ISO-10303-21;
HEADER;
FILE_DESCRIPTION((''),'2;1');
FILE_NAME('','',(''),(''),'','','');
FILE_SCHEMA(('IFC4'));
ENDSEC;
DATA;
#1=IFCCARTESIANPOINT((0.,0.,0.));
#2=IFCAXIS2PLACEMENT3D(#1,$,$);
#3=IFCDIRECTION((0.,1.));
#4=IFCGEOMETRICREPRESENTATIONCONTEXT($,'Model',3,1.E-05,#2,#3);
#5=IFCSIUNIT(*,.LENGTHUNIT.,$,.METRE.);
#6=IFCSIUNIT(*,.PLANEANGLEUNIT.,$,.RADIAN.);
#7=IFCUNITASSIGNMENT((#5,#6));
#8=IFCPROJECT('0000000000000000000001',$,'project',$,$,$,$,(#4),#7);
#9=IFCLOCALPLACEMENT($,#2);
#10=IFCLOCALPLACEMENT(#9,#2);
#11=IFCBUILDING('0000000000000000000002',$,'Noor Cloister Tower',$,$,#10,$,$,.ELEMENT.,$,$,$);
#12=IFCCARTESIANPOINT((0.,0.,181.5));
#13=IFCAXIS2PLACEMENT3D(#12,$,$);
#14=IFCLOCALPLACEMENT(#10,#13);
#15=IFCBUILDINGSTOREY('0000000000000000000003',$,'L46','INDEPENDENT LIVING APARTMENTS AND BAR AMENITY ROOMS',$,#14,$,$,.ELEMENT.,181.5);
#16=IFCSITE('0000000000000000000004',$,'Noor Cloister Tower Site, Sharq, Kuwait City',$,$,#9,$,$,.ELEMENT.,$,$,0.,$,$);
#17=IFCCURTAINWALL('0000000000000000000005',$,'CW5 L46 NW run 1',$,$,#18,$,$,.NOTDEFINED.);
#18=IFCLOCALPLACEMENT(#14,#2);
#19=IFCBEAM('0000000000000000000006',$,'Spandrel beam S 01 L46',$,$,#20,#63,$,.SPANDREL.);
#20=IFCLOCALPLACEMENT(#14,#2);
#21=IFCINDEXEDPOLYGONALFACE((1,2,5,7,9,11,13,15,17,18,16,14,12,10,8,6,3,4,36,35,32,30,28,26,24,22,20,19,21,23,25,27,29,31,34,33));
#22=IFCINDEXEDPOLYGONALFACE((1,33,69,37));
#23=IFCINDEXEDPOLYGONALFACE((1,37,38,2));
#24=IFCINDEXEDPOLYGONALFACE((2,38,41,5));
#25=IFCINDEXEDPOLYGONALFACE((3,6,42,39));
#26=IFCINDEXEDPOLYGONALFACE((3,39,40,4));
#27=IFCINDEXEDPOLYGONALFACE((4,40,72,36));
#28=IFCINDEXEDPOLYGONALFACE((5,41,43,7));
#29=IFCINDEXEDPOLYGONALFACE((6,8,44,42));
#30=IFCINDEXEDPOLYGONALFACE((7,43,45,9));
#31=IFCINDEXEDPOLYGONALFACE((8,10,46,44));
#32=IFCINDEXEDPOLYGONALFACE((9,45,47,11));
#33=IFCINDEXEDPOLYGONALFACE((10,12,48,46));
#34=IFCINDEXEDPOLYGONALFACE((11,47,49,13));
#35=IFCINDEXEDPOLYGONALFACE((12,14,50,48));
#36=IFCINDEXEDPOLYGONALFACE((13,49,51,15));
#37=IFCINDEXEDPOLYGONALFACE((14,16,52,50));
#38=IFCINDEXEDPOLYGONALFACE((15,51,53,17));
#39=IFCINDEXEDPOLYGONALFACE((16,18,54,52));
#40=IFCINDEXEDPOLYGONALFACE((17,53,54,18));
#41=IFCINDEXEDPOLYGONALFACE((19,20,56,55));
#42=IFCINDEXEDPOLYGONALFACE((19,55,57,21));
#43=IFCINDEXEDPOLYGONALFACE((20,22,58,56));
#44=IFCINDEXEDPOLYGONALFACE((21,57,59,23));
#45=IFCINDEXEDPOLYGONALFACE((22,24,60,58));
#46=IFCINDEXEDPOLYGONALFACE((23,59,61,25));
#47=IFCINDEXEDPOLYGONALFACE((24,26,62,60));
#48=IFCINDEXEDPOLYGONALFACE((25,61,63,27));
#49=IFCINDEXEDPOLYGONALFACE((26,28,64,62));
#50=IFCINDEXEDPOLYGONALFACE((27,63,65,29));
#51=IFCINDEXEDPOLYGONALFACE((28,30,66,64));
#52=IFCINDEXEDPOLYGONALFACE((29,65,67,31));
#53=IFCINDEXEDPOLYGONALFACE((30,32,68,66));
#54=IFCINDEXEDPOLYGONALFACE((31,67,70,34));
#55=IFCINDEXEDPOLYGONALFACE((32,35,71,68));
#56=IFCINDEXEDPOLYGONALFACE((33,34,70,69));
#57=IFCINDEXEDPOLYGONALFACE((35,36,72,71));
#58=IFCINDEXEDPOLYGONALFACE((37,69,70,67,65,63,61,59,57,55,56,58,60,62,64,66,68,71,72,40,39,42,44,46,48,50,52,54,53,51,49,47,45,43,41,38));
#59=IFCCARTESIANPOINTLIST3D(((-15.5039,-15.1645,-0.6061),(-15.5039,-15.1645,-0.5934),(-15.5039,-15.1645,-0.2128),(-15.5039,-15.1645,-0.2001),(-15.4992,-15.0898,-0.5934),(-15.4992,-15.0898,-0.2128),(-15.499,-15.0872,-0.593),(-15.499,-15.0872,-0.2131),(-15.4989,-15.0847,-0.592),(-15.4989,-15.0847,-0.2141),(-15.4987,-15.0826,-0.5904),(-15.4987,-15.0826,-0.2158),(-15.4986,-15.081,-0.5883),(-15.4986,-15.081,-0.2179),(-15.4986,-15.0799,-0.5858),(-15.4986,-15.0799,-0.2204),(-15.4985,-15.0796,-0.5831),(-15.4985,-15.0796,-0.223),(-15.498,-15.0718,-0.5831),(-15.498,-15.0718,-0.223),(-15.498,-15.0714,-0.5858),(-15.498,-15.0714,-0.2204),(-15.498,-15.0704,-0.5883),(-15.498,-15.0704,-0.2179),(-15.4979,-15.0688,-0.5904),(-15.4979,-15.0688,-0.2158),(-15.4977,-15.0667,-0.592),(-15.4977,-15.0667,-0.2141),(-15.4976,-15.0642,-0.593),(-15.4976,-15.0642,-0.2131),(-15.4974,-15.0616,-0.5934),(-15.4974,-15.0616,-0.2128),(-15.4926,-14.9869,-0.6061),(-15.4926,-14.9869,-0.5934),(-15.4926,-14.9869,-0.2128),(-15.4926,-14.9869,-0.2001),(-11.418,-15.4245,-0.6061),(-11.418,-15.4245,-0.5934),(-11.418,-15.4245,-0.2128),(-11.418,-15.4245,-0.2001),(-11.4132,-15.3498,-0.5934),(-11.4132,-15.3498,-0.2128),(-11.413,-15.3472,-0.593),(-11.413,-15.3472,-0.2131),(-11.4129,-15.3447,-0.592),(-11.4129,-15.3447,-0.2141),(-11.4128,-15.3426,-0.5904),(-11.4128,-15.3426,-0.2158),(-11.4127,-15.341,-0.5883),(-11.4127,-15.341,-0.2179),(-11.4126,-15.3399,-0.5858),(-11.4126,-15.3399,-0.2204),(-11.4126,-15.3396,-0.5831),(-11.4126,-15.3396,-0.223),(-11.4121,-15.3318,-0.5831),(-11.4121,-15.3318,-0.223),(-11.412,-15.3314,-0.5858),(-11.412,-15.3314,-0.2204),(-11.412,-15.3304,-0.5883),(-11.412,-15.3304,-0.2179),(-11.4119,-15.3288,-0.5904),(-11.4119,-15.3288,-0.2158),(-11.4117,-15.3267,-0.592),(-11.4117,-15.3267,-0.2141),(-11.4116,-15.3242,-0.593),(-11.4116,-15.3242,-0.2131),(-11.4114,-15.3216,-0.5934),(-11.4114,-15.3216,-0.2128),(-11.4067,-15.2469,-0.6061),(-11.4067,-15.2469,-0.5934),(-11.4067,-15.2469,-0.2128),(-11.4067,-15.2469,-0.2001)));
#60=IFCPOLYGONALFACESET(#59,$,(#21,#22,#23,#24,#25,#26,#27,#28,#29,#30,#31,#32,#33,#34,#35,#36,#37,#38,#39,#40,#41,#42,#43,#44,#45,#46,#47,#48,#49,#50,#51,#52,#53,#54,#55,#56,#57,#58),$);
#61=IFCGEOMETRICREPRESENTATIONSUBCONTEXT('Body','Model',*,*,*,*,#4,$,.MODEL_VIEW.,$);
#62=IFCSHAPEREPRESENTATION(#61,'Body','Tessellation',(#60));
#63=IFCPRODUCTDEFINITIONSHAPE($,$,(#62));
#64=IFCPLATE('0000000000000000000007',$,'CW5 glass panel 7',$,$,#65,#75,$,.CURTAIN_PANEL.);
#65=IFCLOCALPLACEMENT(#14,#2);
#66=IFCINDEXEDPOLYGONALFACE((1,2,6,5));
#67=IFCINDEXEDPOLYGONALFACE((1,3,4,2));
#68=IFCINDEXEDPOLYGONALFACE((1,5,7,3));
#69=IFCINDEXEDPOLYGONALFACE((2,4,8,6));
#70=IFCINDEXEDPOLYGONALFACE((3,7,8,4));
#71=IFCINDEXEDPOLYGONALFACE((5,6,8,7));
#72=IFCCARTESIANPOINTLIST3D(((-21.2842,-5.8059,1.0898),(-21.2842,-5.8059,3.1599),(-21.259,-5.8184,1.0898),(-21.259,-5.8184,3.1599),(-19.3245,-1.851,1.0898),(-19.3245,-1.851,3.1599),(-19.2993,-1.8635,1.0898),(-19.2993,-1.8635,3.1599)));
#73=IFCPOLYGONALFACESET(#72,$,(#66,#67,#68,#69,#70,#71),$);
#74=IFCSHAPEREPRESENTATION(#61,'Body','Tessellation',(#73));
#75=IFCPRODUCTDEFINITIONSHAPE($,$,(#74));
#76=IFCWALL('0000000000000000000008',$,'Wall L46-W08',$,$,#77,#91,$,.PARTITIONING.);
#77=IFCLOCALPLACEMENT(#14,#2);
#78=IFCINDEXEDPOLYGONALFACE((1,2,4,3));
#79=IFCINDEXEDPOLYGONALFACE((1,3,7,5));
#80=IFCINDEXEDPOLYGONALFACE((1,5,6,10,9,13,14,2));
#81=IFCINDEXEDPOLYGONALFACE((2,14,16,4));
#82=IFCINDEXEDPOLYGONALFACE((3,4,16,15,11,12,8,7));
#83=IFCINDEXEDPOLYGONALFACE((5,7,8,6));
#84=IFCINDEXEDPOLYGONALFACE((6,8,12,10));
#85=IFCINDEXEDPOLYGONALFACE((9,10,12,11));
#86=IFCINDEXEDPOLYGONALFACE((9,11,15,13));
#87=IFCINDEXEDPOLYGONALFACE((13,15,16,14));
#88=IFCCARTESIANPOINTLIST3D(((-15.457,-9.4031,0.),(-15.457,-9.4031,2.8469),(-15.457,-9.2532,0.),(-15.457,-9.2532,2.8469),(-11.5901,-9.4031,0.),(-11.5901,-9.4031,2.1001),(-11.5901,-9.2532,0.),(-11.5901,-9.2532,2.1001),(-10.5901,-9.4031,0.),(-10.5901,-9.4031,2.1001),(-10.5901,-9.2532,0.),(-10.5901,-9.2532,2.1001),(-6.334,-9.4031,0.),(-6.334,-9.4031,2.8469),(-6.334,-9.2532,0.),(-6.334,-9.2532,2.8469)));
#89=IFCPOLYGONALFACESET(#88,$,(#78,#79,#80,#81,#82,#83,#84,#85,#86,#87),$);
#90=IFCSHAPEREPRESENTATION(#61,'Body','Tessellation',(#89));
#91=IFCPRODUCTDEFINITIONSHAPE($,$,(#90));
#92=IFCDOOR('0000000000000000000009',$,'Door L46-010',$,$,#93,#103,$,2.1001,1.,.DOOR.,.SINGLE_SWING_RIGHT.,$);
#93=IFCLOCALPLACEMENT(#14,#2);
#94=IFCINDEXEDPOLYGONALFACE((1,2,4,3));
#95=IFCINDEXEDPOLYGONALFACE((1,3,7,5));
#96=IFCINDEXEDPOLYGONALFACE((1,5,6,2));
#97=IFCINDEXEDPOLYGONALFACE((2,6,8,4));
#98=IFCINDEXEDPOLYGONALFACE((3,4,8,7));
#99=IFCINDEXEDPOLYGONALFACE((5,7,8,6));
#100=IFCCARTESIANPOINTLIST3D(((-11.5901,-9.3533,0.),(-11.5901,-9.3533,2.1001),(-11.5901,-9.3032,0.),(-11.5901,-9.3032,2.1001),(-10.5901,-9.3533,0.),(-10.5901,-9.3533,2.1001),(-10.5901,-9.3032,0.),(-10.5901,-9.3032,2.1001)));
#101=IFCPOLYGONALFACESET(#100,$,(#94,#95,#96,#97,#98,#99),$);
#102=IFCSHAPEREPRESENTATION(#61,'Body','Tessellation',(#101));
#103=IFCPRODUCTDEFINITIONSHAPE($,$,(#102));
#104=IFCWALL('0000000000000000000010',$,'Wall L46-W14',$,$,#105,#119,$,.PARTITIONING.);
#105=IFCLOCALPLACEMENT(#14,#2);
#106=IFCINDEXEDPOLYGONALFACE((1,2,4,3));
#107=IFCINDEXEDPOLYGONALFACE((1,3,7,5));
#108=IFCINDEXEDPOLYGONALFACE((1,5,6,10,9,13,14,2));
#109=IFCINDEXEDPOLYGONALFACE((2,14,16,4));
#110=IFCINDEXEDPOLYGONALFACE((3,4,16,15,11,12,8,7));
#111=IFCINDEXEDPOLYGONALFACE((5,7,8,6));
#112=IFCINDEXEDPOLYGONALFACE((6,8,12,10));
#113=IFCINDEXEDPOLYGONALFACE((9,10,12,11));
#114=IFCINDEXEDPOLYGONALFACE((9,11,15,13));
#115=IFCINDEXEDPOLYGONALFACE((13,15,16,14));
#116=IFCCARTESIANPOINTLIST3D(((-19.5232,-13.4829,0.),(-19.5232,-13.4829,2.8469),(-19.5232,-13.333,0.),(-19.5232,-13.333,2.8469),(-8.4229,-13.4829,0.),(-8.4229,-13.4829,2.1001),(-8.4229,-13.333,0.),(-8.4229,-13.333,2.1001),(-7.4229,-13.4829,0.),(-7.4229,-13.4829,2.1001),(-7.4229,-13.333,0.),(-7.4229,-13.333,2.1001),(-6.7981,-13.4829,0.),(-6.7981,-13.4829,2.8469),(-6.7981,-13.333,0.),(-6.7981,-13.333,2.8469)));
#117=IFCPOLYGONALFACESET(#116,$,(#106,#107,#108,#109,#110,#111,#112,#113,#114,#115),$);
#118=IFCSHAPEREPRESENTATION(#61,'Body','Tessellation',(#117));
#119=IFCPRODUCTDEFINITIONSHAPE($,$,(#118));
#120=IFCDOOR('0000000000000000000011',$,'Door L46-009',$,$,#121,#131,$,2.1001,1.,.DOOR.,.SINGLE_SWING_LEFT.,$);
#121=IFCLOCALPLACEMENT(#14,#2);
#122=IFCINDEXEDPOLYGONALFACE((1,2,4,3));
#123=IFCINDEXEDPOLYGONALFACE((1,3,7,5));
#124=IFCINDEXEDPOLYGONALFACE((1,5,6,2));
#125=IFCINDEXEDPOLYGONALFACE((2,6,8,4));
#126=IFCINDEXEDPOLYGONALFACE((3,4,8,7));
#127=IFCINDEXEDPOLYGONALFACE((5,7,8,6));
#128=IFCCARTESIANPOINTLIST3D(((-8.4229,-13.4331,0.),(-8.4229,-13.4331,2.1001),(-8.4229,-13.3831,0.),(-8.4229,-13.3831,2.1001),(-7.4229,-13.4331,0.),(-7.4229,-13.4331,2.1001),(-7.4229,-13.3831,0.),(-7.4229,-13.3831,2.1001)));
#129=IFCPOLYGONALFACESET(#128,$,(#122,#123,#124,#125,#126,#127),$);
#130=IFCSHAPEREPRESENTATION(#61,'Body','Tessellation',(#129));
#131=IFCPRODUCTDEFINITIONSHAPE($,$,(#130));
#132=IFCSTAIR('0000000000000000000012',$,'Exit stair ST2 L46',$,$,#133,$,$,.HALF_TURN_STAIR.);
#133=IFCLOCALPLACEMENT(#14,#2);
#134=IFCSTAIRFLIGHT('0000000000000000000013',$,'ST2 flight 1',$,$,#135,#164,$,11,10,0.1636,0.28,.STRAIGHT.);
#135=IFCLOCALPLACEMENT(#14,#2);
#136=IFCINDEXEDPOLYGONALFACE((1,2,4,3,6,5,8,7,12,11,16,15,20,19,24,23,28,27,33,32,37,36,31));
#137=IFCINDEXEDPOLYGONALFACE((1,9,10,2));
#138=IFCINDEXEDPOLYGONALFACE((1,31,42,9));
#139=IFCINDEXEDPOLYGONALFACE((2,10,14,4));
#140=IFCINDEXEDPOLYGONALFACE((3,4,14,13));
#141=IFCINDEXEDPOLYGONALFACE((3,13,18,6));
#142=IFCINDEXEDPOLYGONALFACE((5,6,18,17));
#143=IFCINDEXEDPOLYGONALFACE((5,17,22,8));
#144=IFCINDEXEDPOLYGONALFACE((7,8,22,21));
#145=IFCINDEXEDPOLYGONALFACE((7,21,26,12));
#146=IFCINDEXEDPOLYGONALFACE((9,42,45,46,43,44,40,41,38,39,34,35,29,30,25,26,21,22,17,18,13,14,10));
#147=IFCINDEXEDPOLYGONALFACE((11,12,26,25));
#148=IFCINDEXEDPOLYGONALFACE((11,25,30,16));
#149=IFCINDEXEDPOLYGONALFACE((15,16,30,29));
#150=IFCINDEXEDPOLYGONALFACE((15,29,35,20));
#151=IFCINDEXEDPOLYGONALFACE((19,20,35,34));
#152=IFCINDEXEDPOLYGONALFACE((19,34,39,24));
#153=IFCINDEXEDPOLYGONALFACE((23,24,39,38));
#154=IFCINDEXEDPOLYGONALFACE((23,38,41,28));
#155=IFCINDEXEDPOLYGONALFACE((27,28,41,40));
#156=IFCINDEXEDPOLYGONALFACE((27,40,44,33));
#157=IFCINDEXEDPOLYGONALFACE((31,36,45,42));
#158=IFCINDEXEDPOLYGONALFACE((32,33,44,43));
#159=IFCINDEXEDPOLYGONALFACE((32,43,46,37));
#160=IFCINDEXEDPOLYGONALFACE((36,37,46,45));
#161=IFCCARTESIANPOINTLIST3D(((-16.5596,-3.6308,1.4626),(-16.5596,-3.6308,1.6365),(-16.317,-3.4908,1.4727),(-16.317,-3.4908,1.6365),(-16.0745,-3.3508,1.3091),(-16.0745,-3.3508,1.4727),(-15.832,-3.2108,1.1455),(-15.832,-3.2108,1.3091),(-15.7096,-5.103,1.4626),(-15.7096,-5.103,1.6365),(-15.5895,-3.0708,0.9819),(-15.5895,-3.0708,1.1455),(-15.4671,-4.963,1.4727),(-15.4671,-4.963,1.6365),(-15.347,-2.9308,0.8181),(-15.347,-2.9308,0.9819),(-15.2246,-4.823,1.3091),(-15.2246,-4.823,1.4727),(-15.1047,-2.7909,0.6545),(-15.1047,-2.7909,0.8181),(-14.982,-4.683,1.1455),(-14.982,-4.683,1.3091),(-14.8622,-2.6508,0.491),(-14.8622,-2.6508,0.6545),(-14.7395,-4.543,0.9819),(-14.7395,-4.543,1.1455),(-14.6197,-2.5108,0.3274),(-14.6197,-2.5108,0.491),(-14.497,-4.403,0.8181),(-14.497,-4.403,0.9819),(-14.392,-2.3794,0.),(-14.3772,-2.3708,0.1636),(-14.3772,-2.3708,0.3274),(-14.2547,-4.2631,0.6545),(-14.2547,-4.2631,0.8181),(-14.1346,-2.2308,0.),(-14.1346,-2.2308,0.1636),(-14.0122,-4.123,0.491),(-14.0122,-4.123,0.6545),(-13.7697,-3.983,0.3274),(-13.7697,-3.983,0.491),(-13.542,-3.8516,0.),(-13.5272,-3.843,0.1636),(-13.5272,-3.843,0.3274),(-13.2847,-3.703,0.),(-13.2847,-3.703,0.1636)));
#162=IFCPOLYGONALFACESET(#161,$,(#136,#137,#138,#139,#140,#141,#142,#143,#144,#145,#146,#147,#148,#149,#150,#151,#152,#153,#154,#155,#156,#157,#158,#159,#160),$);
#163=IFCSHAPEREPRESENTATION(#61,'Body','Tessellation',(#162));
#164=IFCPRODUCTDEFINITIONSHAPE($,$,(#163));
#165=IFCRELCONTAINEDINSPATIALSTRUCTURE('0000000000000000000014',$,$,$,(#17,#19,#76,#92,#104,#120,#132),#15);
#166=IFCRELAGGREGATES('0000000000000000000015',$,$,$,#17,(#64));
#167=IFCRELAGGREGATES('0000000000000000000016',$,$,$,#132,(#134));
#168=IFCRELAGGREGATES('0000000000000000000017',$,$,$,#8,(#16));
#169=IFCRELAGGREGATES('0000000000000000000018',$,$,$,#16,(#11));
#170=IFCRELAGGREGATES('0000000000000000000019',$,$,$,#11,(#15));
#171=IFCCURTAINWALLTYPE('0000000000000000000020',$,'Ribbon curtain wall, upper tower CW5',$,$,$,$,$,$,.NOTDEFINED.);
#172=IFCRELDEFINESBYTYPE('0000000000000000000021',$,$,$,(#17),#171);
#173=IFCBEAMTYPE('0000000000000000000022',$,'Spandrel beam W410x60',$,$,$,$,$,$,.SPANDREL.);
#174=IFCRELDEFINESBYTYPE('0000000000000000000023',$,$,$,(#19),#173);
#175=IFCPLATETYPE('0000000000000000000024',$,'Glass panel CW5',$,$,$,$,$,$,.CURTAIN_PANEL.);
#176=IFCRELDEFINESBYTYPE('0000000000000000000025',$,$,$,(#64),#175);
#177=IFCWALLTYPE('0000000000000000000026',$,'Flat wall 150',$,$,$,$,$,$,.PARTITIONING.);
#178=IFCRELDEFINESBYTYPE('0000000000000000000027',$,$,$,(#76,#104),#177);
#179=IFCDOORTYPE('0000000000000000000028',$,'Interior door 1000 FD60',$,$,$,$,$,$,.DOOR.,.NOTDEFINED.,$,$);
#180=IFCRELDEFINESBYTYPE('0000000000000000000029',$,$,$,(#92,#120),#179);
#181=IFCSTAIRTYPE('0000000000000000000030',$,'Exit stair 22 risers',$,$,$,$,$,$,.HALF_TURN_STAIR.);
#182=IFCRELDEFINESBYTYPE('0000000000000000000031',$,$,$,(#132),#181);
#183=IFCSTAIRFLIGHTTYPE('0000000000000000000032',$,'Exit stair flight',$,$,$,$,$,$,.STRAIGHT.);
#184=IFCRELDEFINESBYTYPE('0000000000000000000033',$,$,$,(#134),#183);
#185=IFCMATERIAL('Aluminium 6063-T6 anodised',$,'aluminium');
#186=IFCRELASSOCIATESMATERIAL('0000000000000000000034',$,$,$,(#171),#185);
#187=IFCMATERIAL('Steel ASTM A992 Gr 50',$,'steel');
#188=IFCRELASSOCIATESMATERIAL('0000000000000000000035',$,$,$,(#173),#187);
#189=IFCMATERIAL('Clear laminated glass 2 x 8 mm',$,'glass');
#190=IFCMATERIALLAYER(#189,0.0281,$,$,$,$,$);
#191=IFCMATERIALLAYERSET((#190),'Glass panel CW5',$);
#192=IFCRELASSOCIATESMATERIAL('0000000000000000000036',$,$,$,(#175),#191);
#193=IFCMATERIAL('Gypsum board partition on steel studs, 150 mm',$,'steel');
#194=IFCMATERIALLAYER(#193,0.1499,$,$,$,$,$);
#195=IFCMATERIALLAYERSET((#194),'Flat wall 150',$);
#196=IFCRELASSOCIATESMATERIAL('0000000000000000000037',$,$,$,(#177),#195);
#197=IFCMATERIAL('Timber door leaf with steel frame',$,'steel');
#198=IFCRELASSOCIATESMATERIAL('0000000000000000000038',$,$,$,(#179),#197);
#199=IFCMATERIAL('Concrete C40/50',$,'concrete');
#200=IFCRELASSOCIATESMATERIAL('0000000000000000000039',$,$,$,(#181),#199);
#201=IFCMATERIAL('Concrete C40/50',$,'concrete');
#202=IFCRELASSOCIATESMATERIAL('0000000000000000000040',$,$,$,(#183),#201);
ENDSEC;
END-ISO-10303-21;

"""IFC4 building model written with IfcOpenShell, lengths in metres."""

from ifc_helpers import new_model, si_unit, direction, frame, frame_2d, origin, origin_2d, place, context, subcontext, project, spatial, polyline, rectangle, i_section, outline, extrude, material, layer, layer_set, material_profile, profile_set, type_object, element, fill, aggregate, save


model = new_model("IFC4")

# Units and contexts
model_context = context("Model", 3, precision=1e-05, world=origin(), true_north=direction((0.0, 1.0)))
body_context = subcontext(model_context, "Body", "Model", "MODEL_VIEW")
ifc_project = project(units=[si_unit("LENGTHUNIT", "METRE"), si_unit("PLANEANGLEUNIT", "RADIAN")], contexts=[model_context])

# Site, building, storey
site_placement = place(None, origin())
site = spatial("IfcSite", under=ifc_project, at=site_placement, Name="Noor Cloister Tower Site, Sharq, Kuwait City", CompositionType="ELEMENT", RefElevation=0.0)
building_placement = place(site_placement, origin())
building = spatial("IfcBuilding", under=site, at=building_placement, Name="Noor Cloister Tower", CompositionType="ELEMENT")
storey_placement = place(building_placement, frame((0.0, 0.0, 181.5)))
storey = spatial("IfcBuildingStorey", under=building, at=storey_placement, Name="L46", Description="INDEPENDENT LIVING APARTMENTS AND BAR AMENITY ROOMS", CompositionType="ELEMENT", Elevation=181.5)

# Curtain wall
ifc_material_1 = material(Name="Aluminium 6063-T6 anodised", Category="aluminium")
curtain_wall_type = type_object("IfcCurtainWallType", Name="Ribbon curtain wall, upper tower CW5", PredefinedType="NOTDEFINED", material=ifc_material_1)
curtain_wall_1_placement = place(storey_placement, origin())
curtain_wall_1 = element("IfcCurtainWall", 1, at=curtain_wall_1_placement, inside=storey, type_object=curtain_wall_type, Name="CW5 L46 NW run 1", PredefinedType="NOTDEFINED")

# Beam
ifc_material_2 = material(Name="Steel ASTM A992 Gr 50", Category="steel")
ifc_material_profile_1 = material_profile(ifc_material_2, i_section(OverallWidth=0.178, OverallDepth=0.406, WebThickness=0.0078, FlangeThickness=0.0127, FilletRadius=0.0103, at=origin_2d()), Name="W410x60")
ifc_profile_set_1 = profile_set([ifc_material_profile_1], Name="Steel ASTM A992 Gr 50")
beam_type_1 = type_object("IfcBeamType", Name="Spandrel beam W410x60", PredefinedType="SPANDREL", material=ifc_profile_set_1)
for number, where, z_axis, x_axis, name in (
    (2, (-15.4983, -15.0757, -0.4031), (0.997981, -0.063507, 0.0), (0.063507, 0.997981, 0.0), "Spandrel beam S 01 L46"),
):
    element("IfcBeam", number, at=place(storey_placement, frame(where, z_axis=z_axis, x_axis=x_axis)), inside=storey, type_object=beam_type_1, Name=name, PredefinedType="SPANDREL", context=body_context, shape_type="SweptSolid", body=[
        extrude(i_section(OverallWidth=0.178, OverallDepth=0.406, WebThickness=0.0078, FlangeThickness=0.0127, FilletRadius=0.0103, at=origin_2d()), origin(), (0.0, 0.0, 1.0), 4.0942),
    ])

# Plate
ifc_material_3 = material(Name="Clear laminated glass 2 x 8 mm", Category="glass")
ifc_layer_1 = layer(ifc_material_3, 0.0281)
ifc_layer_set_1 = layer_set([ifc_layer_1], Name="Glass panel CW5")
plate_type = type_object("IfcPlateType", Name="Glass panel CW5", PredefinedType="CURTAIN_PANEL", material=ifc_layer_set_1)
plate_placement = place(storey_placement, frame((-20.2917, -3.8347, 1.0898), z_axis=(0.0, 0.0, 1.0), x_axis=(-0.443997, -0.896029, 0.0)))
plate = element("IfcPlate", 3, at=plate_placement, type_object=plate_type, Name="CW5 glass panel 7", PredefinedType="CURTAIN_PANEL", context=body_context, shape_type="SweptSolid", body=[
    extrude(rectangle(XDim=4.4138, YDim=0.0281, at=origin_2d()), origin(), (0.0, 0.0, 1.0), 2.0701),
])
aggregate(curtain_wall_1, [plate])

# Walls, openings, doors
ifc_material_4 = material(Name="Gypsum board partition on steel studs, 150 mm", Category="steel")
ifc_layer_2 = layer(ifc_material_4, 0.1499)
ifc_layer_set_2 = layer_set([ifc_layer_2], Name="Flat wall 150")
wall_type = type_object("IfcWallType", Name="Flat wall 150", PredefinedType="PARTITIONING", material=ifc_layer_set_2)
wall_1_placement = place(storey_placement, frame((-15.457, -9.3281, 0.0), z_axis=(0.0, 0.0, 1.0), x_axis=(1.0, 0.0, 0.0)))
wall_1 = element("IfcWall", 4, at=wall_1_placement, inside=storey, type_object=wall_type, Name="Wall L46-W08", PredefinedType="PARTITIONING", context=body_context, shape_type="SweptSolid", body=[
    extrude(rectangle(XDim=9.123, YDim=0.1499, at=frame_2d((4.5615, 0.0))), origin(), (0.0, 0.0, 1.0), 2.8469),
])
opening_1_placement = place(wall_1_placement, frame((3.8669, 0.0, 0.0)))
opening_1 = element("IfcOpeningElement", 5, at=opening_1_placement, cuts=wall_1, PredefinedType="OPENING", context=body_context, shape_type="SweptSolid", body=[
    extrude(rectangle(XDim=1.0, YDim=2.1001, at=frame_2d((0.5, 1.05))), frame((0.0, 0.085, 0.0), z_axis=(0.0, -1.0, 0.0), x_axis=(1.0, 0.0, 0.0)), (0.0, 0.0, 1.0), 0.1699),
])
ifc_material_5 = material(Name="Timber door leaf with steel frame", Category="steel")
door_type = type_object("IfcDoorType", Name="Interior door 1000 FD60", OperationType="NOTDEFINED", PredefinedType="DOOR", material=ifc_material_5)
door_1_placement = place(opening_1_placement, origin())
door_1 = element("IfcDoor", 6, at=door_1_placement, inside=storey, type_object=door_type, Name="Door L46-010", OperationType="SINGLE_SWING_RIGHT", OverallHeight=2.1001, OverallWidth=1.0, PredefinedType="DOOR", context=body_context, shape_type="SweptSolid", body=[
    extrude(rectangle(XDim=1.0, YDim=2.1001, at=frame_2d((0.5, 1.05))), frame((0.0, 0.0249, 0.0), z_axis=(0.0, -1.0, 0.0), x_axis=(1.0, 0.0, 0.0)), (0.0, 0.0, 1.0), 0.05),
])
fill(opening_1, door_1)
wall_2_placement = place(storey_placement, frame((-19.5232, -13.408, 0.0), z_axis=(0.0, 0.0, 1.0), x_axis=(1.0, 0.0, 0.0)))
wall_2 = element("IfcWall", 7, at=wall_2_placement, inside=storey, type_object=wall_type, Name="Wall L46-W14", PredefinedType="PARTITIONING", context=body_context, shape_type="SweptSolid", body=[
    extrude(rectangle(XDim=12.7251, YDim=0.1499, at=frame_2d((6.3625, 0.0))), origin(), (0.0, 0.0, 1.0), 2.8469),
])
opening_2_placement = place(wall_2_placement, frame((11.1003, 0.0, 0.0)))
opening_2 = element("IfcOpeningElement", 8, at=opening_2_placement, cuts=wall_2, PredefinedType="OPENING", context=body_context, shape_type="SweptSolid", body=[
    extrude(rectangle(XDim=1.0, YDim=2.1001, at=frame_2d((0.5, 1.05))), frame((0.0, 0.085, 0.0), z_axis=(0.0, -1.0, 0.0), x_axis=(1.0, 0.0, 0.0)), (0.0, 0.0, 1.0), 0.1699),
])
door_2_placement = place(opening_2_placement, origin())
door_2 = element("IfcDoor", 9, at=door_2_placement, inside=storey, type_object=door_type, Name="Door L46-009", OperationType="SINGLE_SWING_LEFT", OverallHeight=2.1001, OverallWidth=1.0, PredefinedType="DOOR", context=body_context, shape_type="SweptSolid", body=[
    extrude(rectangle(XDim=1.0, YDim=2.1001, at=frame_2d((0.5, 1.05))), frame((0.0, 0.0249, 0.0), z_axis=(0.0, -1.0, 0.0), x_axis=(1.0, 0.0, 0.0)), (0.0, 0.0, 1.0), 0.05),
])
fill(opening_2, door_2)

# Stair, stair flight
ifc_material_6 = material(Name="Concrete C40/50", Category="concrete")
stair_type = type_object("IfcStairType", Name="Exit stair 22 risers", PredefinedType="HALF_TURN_STAIR", material=ifc_material_6)
stair_placement = place(storey_placement, origin())
stair = element("IfcStair", 10, at=stair_placement, inside=storey, type_object=stair_type, Name="Exit stair ST2 L46", PredefinedType="HALF_TURN_STAIR")
ifc_material_7 = material(Name="Concrete C40/50", Category="concrete")
stair_flight_type = type_object("IfcStairFlightType", Name="Exit stair flight", PredefinedType="STRAIGHT", material=ifc_material_7)
stair_flight_1_placement = place(storey_placement, frame((-13.7097, -2.9668, 0.0), z_axis=(0.0, 0.0, 1.0), x_axis=(-0.866025, -0.5, 0.0)))
stair_flight_1 = element("IfcStairFlight", 11, at=stair_flight_1_placement, type_object=stair_flight_type, Name="ST2 flight 1", NumberOfRisers=11, NumberOfTreads=10, PredefinedType="STRAIGHT", RiserHeight=0.1636, TreadLength=0.28, context=body_context, shape_type="SweptSolid", body=[
    extrude(outline(polyline([(0.0, 0.0), (0.0, 0.1636), (0.28, 0.1636), (0.28, 0.3274), (0.5601, 0.3274), (0.5601, 0.491), (0.8401, 0.491), (0.8401, 0.6545), (1.1201, 0.6545), (1.1201, 0.8181), (1.3999, 0.8181), (1.3999, 0.9819), (1.6799, 0.9819), (1.6799, 1.1455), (1.96, 1.1455), (1.96, 1.3091), (2.24, 1.3091), (2.24, 1.4727), (2.52, 1.4727), (2.52, 1.6365), (2.8, 1.6365), (2.8, 1.8), (2.8, 1.4626), (0.2971, 0.0), (0.0, 0.0)])), frame((0.0, 0.8501, 0.0), z_axis=(0.0, -1.0, 0.0), x_axis=(1.0, 0.0, 0.0)), (0.0, 0.0, 1.0), 1.7),
])
aggregate(stair, [stair_flight_1])

save(model, "model.ifc")
